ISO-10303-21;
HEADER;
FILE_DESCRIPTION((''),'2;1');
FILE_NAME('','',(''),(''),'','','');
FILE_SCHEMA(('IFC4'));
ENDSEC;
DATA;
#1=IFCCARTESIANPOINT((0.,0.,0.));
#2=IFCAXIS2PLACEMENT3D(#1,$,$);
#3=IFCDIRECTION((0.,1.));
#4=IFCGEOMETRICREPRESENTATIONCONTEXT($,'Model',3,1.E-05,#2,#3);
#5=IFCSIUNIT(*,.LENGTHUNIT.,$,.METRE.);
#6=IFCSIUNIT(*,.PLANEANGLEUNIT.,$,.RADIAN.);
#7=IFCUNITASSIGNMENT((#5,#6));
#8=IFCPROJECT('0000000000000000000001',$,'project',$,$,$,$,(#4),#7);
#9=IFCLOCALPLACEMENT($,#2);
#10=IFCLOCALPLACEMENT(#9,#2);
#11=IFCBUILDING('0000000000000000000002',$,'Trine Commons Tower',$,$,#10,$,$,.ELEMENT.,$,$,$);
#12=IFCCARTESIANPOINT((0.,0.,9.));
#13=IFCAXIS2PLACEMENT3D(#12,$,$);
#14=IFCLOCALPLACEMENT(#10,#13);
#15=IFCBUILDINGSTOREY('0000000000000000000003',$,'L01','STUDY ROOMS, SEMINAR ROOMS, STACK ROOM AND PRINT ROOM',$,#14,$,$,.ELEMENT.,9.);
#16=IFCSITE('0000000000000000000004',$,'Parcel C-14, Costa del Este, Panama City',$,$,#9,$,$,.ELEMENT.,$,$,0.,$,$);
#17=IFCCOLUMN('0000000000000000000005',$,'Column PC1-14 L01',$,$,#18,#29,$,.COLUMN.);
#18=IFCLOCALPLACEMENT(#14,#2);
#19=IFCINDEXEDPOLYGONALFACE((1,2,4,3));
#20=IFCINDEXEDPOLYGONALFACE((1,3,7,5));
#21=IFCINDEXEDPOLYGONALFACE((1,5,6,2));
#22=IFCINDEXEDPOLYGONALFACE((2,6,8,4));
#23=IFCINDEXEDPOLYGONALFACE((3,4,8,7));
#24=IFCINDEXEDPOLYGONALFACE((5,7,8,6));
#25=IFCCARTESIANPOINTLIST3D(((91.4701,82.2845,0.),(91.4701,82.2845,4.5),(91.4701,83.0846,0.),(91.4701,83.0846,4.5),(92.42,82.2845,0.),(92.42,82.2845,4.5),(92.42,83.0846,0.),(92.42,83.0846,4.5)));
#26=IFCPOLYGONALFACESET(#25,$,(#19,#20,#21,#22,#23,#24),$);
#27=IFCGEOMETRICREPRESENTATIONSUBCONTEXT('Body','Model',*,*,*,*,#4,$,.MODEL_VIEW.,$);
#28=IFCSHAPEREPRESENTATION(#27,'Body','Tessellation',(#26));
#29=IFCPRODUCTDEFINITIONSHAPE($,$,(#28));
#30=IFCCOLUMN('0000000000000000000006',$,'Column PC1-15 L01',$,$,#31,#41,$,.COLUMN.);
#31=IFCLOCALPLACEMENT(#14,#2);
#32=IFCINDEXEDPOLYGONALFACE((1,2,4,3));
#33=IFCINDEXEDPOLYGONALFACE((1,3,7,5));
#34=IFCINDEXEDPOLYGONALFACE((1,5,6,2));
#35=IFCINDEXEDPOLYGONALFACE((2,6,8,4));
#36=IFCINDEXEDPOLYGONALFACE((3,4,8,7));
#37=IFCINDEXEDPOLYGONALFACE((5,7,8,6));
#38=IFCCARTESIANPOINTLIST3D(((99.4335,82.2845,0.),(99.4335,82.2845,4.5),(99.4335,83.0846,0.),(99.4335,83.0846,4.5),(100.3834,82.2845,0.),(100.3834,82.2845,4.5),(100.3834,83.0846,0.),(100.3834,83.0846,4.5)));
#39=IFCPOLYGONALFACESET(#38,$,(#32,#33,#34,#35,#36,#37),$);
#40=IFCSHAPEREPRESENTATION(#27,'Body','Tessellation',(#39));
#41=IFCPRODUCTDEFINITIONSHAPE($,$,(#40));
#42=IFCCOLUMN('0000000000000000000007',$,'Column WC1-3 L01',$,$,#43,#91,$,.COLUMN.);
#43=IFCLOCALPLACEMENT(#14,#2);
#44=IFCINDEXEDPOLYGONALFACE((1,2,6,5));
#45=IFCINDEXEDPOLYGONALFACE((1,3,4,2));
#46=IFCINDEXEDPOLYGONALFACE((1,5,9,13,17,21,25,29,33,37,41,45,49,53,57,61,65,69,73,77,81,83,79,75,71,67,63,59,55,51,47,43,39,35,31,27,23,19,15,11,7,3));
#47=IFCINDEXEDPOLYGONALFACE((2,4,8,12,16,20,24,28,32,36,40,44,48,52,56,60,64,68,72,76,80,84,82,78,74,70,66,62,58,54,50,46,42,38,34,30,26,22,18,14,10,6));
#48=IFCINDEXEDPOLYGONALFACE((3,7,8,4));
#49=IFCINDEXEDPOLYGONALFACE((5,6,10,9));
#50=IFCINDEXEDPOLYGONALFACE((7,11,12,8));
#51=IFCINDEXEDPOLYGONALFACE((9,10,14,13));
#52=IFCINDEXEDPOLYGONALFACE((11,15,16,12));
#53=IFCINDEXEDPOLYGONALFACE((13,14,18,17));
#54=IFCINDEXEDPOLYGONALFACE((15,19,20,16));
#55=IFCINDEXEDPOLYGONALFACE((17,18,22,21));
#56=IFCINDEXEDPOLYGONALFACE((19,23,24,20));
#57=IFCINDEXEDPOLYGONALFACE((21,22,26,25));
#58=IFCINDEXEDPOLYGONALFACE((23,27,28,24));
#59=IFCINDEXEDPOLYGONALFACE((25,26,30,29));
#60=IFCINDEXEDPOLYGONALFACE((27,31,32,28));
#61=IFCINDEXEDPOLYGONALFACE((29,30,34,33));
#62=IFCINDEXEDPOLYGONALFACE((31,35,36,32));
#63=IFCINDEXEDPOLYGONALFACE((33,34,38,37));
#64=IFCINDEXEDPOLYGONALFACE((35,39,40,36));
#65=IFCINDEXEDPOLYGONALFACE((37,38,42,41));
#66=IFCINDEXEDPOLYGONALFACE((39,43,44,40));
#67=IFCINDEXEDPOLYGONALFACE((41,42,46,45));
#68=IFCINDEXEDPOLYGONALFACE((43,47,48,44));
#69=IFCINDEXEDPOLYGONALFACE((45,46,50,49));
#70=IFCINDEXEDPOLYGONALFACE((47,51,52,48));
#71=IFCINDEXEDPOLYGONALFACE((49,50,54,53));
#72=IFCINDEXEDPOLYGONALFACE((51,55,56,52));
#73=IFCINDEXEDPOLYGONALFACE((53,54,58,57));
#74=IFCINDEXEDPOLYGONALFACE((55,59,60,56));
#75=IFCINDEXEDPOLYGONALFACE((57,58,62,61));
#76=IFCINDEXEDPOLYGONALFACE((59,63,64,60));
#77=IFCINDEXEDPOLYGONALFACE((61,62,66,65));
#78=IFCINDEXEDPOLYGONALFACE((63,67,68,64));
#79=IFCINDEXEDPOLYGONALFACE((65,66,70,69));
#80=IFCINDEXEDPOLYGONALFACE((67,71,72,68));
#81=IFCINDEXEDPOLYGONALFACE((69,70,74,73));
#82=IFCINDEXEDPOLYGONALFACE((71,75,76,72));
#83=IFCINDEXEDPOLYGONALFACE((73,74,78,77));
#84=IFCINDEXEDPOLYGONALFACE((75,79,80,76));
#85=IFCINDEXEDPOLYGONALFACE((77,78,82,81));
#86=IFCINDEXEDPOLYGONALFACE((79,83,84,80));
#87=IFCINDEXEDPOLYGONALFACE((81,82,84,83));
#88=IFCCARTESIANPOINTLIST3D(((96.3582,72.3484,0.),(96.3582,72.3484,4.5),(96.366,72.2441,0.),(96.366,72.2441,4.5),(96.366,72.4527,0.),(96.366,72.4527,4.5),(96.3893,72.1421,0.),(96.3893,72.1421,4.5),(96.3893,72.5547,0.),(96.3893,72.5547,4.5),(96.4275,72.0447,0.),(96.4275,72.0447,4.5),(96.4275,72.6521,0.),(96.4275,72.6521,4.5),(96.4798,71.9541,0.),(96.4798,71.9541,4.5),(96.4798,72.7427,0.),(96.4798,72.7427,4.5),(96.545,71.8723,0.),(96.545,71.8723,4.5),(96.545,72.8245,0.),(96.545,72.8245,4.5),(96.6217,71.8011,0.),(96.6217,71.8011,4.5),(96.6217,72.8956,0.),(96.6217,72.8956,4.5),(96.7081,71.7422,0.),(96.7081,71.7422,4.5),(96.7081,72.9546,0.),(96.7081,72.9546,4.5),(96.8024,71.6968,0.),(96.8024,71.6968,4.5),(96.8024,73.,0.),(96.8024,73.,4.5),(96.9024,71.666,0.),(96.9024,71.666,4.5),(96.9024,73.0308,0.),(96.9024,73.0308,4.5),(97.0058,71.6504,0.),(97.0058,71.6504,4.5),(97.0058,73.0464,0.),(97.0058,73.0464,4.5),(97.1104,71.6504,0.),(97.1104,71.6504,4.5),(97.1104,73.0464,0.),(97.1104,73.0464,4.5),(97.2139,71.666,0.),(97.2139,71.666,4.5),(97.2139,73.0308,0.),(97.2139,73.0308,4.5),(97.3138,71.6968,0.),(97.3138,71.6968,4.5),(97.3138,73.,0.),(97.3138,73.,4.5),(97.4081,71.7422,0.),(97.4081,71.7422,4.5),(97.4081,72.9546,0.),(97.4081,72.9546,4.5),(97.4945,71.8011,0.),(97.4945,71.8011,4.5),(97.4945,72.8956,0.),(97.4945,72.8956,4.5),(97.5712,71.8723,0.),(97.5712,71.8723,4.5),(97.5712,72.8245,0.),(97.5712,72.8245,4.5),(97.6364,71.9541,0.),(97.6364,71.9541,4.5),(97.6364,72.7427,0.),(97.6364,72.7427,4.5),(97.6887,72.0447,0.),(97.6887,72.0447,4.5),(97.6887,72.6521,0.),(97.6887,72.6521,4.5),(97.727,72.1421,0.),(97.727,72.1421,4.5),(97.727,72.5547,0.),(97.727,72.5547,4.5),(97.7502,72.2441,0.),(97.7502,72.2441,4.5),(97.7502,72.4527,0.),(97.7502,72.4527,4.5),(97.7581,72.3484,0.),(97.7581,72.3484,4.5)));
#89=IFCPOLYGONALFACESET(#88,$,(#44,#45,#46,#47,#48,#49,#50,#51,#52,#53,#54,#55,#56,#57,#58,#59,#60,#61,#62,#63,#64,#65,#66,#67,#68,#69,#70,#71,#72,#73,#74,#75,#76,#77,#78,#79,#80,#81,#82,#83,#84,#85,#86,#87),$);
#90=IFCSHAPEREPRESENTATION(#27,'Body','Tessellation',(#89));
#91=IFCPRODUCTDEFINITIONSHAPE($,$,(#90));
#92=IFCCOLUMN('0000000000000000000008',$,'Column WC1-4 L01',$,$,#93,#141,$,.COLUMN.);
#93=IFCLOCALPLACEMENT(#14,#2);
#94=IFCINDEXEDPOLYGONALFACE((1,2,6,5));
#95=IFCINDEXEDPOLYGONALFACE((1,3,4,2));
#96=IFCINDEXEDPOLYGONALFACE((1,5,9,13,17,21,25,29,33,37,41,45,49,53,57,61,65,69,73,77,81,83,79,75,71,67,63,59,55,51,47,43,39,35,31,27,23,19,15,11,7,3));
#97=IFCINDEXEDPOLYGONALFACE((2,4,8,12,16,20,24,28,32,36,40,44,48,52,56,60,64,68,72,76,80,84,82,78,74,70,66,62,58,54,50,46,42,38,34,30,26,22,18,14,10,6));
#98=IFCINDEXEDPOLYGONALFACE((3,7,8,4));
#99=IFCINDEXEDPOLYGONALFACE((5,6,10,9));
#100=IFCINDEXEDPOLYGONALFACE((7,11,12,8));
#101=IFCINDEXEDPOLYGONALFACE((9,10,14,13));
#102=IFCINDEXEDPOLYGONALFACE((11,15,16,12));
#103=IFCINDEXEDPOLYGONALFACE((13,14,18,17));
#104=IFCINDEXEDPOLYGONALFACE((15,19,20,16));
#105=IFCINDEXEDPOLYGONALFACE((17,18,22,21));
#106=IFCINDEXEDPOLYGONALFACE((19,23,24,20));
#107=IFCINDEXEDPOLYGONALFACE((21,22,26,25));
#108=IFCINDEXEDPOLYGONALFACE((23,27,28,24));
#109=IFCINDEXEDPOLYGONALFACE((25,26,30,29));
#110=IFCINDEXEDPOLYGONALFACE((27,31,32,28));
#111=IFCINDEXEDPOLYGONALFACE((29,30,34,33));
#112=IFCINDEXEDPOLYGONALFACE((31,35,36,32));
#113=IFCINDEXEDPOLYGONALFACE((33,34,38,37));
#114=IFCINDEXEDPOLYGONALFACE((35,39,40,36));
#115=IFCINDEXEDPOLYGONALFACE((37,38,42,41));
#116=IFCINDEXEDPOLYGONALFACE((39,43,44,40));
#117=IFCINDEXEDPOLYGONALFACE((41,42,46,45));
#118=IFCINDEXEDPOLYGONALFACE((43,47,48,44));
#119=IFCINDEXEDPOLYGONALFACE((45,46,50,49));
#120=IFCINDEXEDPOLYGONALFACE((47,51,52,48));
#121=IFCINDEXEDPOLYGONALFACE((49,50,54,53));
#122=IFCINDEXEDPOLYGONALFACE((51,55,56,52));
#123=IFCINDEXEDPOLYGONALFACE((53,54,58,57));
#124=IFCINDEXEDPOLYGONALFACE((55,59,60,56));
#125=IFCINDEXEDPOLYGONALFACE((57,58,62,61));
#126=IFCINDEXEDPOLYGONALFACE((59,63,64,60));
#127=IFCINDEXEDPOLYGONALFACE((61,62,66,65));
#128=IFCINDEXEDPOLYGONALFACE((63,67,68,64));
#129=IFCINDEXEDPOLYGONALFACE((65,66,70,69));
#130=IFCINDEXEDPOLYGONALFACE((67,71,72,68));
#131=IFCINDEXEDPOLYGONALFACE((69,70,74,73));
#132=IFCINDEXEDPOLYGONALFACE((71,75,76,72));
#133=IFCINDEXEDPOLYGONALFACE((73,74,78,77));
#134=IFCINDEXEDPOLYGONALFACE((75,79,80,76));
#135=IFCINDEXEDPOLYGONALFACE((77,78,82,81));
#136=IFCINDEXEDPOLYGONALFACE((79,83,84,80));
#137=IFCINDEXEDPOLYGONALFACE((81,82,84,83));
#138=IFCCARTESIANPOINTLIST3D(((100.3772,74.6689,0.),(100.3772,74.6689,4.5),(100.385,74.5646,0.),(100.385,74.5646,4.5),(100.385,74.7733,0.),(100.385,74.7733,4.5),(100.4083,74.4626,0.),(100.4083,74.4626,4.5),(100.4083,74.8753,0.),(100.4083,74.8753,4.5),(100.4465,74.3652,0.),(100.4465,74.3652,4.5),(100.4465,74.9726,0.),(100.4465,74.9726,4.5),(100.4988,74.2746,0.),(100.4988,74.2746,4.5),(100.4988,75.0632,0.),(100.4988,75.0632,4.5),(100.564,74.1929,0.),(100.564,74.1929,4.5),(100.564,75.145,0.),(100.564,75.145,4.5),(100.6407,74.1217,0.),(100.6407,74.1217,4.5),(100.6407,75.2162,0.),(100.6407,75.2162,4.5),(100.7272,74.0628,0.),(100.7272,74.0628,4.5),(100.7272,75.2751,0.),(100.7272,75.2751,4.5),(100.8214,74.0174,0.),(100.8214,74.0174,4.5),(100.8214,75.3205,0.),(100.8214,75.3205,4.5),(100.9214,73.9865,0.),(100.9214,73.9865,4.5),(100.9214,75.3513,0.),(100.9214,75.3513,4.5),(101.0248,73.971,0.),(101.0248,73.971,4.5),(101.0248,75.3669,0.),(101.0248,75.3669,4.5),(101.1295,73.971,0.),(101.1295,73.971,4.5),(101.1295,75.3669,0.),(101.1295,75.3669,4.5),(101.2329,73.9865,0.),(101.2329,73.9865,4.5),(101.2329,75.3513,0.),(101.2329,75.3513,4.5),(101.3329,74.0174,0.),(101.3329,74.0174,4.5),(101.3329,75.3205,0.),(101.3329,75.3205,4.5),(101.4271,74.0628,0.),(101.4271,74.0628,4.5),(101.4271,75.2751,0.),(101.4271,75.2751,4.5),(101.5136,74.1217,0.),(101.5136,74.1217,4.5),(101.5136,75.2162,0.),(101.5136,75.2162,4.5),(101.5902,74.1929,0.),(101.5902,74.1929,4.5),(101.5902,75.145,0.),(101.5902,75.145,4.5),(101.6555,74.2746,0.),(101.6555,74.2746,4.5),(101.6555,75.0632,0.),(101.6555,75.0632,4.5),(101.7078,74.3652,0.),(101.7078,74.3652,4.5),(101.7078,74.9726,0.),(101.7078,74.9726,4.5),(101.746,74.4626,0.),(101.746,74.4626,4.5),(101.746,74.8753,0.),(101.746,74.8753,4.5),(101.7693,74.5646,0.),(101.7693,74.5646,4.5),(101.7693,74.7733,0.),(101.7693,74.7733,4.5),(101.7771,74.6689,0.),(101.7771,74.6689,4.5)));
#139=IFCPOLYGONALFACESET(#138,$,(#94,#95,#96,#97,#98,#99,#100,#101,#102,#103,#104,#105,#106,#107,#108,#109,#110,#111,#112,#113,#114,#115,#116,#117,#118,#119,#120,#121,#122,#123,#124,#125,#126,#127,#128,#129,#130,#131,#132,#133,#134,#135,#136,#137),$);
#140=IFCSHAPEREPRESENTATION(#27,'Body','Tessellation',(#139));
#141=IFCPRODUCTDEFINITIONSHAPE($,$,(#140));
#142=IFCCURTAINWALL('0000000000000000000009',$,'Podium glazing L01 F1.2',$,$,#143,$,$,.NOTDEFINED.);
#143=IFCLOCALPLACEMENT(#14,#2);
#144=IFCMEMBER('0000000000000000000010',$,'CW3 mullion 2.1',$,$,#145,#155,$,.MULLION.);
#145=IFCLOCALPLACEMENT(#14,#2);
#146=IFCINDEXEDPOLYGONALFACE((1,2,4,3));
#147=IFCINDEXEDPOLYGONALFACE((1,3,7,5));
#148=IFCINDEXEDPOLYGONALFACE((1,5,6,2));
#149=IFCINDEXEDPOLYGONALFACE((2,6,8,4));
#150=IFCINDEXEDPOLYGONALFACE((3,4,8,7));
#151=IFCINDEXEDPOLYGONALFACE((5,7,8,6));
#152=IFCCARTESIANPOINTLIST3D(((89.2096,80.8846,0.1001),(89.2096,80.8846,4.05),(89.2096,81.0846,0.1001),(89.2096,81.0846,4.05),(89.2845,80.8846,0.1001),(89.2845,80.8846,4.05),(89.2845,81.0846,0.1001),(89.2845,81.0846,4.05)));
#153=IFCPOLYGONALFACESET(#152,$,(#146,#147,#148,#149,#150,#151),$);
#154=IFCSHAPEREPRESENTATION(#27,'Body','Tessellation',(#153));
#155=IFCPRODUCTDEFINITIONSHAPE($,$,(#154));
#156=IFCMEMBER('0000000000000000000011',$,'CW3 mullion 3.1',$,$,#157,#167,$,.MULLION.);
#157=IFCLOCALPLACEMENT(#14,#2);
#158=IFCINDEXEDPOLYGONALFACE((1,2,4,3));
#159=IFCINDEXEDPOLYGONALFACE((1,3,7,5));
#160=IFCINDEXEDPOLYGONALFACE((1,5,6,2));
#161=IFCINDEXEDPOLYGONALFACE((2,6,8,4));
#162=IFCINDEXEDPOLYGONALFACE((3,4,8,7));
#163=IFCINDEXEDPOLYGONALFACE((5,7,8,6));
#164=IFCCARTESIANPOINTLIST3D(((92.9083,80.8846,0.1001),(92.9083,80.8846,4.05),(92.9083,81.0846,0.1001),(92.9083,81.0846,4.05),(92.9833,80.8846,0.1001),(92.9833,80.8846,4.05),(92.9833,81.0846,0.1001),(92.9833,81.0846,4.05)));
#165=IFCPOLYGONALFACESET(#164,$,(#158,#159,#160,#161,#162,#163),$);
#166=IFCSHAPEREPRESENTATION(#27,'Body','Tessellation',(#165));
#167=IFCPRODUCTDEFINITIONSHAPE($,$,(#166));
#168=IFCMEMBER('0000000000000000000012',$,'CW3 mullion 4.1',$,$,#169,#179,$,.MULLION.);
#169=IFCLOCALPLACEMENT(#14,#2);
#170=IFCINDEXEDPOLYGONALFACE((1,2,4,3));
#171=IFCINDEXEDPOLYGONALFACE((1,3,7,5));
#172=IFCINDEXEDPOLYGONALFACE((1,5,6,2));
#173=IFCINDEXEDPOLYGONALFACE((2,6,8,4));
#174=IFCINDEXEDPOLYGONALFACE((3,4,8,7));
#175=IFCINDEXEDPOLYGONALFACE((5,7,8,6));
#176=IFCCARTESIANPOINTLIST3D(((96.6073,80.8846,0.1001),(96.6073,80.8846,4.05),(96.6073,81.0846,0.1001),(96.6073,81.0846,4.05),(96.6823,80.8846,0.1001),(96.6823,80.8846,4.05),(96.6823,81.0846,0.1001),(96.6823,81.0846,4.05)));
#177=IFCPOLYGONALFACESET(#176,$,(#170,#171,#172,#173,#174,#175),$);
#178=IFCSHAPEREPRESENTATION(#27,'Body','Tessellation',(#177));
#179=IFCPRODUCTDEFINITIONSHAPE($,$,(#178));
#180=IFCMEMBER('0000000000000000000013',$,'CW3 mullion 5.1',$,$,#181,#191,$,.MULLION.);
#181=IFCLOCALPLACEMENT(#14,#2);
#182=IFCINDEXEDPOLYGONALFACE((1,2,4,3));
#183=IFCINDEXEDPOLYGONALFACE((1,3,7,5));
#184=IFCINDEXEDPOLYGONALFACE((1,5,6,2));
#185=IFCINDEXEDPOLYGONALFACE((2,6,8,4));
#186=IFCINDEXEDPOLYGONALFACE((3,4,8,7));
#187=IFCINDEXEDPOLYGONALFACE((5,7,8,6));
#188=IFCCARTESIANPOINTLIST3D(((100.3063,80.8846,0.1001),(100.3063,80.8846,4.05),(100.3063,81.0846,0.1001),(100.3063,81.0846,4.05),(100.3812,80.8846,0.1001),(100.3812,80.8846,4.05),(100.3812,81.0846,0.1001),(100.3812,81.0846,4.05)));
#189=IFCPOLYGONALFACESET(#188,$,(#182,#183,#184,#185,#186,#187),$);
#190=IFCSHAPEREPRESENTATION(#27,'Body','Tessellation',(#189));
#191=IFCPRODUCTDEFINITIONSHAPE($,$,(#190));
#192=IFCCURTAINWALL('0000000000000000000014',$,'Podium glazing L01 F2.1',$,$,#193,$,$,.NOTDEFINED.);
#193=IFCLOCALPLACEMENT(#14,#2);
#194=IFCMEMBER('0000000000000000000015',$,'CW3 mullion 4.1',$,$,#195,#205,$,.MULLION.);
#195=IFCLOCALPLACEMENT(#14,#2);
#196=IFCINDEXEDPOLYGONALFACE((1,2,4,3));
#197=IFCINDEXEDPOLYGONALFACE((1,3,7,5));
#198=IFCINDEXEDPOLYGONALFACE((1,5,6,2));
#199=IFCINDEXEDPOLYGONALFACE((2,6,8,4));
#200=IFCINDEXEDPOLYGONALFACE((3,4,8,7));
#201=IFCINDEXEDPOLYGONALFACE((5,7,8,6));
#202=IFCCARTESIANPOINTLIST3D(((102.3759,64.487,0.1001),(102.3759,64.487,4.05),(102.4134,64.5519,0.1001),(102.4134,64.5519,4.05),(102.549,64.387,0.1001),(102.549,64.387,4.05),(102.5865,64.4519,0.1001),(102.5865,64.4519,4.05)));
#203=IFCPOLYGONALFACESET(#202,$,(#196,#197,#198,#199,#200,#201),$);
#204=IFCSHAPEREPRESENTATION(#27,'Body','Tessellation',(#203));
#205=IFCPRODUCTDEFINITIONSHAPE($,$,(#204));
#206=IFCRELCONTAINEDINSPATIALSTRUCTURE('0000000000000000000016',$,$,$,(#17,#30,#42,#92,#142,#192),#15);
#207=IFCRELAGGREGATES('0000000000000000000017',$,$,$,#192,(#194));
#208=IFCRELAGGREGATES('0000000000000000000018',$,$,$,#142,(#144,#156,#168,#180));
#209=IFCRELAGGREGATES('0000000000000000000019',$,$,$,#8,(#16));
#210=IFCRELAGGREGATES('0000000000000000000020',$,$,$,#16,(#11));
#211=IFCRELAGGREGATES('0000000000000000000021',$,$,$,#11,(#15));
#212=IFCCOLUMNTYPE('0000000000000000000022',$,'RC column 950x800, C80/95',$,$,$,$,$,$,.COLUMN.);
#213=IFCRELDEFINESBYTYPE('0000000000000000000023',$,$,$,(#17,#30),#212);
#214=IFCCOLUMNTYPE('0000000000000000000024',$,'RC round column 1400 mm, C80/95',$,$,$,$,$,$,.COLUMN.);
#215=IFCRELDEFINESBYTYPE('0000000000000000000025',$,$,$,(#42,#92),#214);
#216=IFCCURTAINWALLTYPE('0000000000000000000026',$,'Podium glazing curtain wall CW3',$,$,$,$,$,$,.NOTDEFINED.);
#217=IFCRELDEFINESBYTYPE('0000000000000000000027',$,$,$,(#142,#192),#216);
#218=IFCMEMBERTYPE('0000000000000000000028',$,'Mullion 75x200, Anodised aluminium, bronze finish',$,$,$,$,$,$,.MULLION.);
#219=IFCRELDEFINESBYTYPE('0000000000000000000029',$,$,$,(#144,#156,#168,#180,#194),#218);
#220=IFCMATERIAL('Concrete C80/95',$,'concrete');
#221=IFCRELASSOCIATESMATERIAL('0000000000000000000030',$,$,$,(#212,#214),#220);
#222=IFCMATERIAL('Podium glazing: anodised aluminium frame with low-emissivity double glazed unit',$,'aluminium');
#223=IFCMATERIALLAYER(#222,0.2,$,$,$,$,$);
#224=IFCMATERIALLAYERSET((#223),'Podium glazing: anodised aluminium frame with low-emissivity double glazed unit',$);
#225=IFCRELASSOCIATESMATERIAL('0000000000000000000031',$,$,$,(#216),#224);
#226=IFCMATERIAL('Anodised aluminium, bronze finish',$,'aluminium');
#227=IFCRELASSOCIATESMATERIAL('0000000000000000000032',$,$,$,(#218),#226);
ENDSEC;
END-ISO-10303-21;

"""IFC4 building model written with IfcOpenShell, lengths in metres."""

from ifc_helpers import new_model, si_unit, direction, frame, origin, origin_2d, place, context, subcontext, project, spatial, rectangle, circle, extrude, material, layer, layer_set, material_profile, profile_set, type_object, element, aggregate, save


model = new_model("IFC4")

# Units and contexts
model_context = context("Model", 3, precision=1e-05, world=origin(), true_north=direction((0.0, 1.0)))
body_context = subcontext(model_context, "Body", "Model", "MODEL_VIEW")
ifc_project = project(units=[si_unit("LENGTHUNIT", "METRE"), si_unit("PLANEANGLEUNIT", "RADIAN")], contexts=[model_context])

# Site, building, storey
site_placement = place(None, origin())
site = spatial("IfcSite", under=ifc_project, at=site_placement, Name="Parcel C-14, Costa del Este, Panama City", CompositionType="ELEMENT", RefElevation=0.0)
building_placement = place(site_placement, origin())
building = spatial("IfcBuilding", under=site, at=building_placement, Name="Trine Commons Tower", CompositionType="ELEMENT")
storey_placement = place(building_placement, frame((0.0, 0.0, 9.0)))
storey = spatial("IfcBuildingStorey", under=building, at=storey_placement, Name="L01", Description="STUDY ROOMS, SEMINAR ROOMS, STACK ROOM AND PRINT ROOM", CompositionType="ELEMENT", Elevation=9.0)

# Columns
ifc_material_1 = material(Name="Concrete C80/95", Category="concrete")
ifc_material_profile_1 = material_profile(ifc_material_1, rectangle(XDim=0.95, YDim=0.8, at=origin_2d()), Name="RC 950x800")
ifc_profile_set_1 = profile_set([ifc_material_profile_1], Name="Concrete C80/95")
column_type_1 = type_object("IfcColumnType", Name="RC column 950x800, C80/95", PredefinedType="COLUMN", material=ifc_profile_set_1)
for number, where, z_axis, x_axis, name in (
    (1, (91.9451, 82.6846, 0.0), (0.0, 0.0, 1.0), (1.0, 0.0, 0.0), "Column PC1-14 L01"),
    (2, (99.9084, 82.6846, 0.0), (0.0, 0.0, 1.0), (1.0, 0.0, 0.0), "Column PC1-15 L01"),
):
    element("IfcColumn", number, at=place(storey_placement, frame(where, z_axis=z_axis, x_axis=x_axis)), inside=storey, type_object=column_type_1, Name=name, PredefinedType="COLUMN", context=body_context, shape_type="SweptSolid", body=[
        extrude(rectangle(XDim=0.95, YDim=0.8, at=origin_2d()), origin(), (0.0, 0.0, 1.0), 4.5),
    ])
ifc_material_profile_2 = material_profile(ifc_material_1, circle(Radius=0.7, at=origin_2d()), Name="RC round 1400")
ifc_profile_set_2 = profile_set([ifc_material_profile_2], Name="Concrete C80/95")
column_type_2 = type_object("IfcColumnType", Name="RC round column 1400 mm, C80/95", PredefinedType="COLUMN", material=ifc_profile_set_2)
for number, where, z_axis, x_axis, name in (
    (3, (97.0581, 72.3484, 0.0), (0.0, 0.0, 1.0), (1.0, 0.0, 0.0), "Column WC1-3 L01"),
    (4, (101.0771, 74.6689, 0.0), (0.0, 0.0, 1.0), (1.0, 0.0, 0.0), "Column WC1-4 L01"),
):
    element("IfcColumn", number, at=place(storey_placement, frame(where, z_axis=z_axis, x_axis=x_axis)), inside=storey, type_object=column_type_2, Name=name, PredefinedType="COLUMN", context=body_context, shape_type="SweptSolid", body=[
        extrude(circle(Radius=0.7, at=origin_2d()), origin(), (0.0, 0.0, 1.0), 4.5),
    ])

# Curtain wall, members
ifc_material_2 = material(Name="Podium glazing: anodised aluminium frame with low-emissivity double glazed unit", Category="aluminium")
ifc_layer_1 = layer(ifc_material_2, 0.2)
ifc_layer_set_1 = layer_set([ifc_layer_1], Name="Podium glazing: anodised aluminium frame with low-emissivity double glazed unit")
curtain_wall_type_1 = type_object("IfcCurtainWallType", Name="Podium glazing curtain wall CW3", PredefinedType="NOTDEFINED", material=ifc_layer_set_1)
curtain_wall_1_placement = place(storey_placement, origin())
curtain_wall_1 = element("IfcCurtainWall", 5, at=curtain_wall_1_placement, inside=storey, type_object=curtain_wall_type_1, Name="Podium glazing L01 F1.2", PredefinedType="NOTDEFINED")
ifc_material_3 = material(Name="Anodised aluminium, bronze finish", Category="aluminium")
ifc_material_profile_3 = material_profile(ifc_material_3, rectangle(XDim=0.2, YDim=0.075, at=origin_2d()), Name="Mullion 75x200")
ifc_profile_set_3 = profile_set([ifc_material_profile_3], Name="Anodised aluminium, bronze finish")
member_type_1 = type_object("IfcMemberType", Name="Mullion 75x200, Anodised aluminium, bronze finish", PredefinedType="MULLION", material=ifc_profile_set_3)
member_1_placement = place(storey_placement, frame((89.2471, 80.9846, 0.1001), z_axis=(0.0, 0.0, 1.0), x_axis=(0.0, 1.0, 0.0)))
member_1 = element("IfcMember", 6, at=member_1_placement, type_object=member_type_1, Name="CW3 mullion 2.1", PredefinedType="MULLION", context=body_context, shape_type="SweptSolid", body=[
    extrude(rectangle(XDim=0.2, YDim=0.075, at=origin_2d()), origin(), (0.0, 0.0, 1.0), 3.95),
])
member_2_placement = place(storey_placement, frame((92.9458, 80.9846, 0.1001), z_axis=(0.0, 0.0, 1.0), x_axis=(0.0, 1.0, 0.0)))
member_2 = element("IfcMember", 7, at=member_2_placement, type_object=member_type_1, Name="CW3 mullion 3.1", PredefinedType="MULLION", context=body_context, shape_type="SweptSolid", body=[
    extrude(rectangle(XDim=0.2, YDim=0.075, at=origin_2d()), origin(), (0.0, 0.0, 1.0), 3.95),
])
member_3_placement = place(storey_placement, frame((96.6448, 80.9846, 0.1001), z_axis=(0.0, 0.0, 1.0), x_axis=(0.0, 1.0, 0.0)))
member_3 = element("IfcMember", 8, at=member_3_placement, type_object=member_type_1, Name="CW3 mullion 4.1", PredefinedType="MULLION", context=body_context, shape_type="SweptSolid", body=[
    extrude(rectangle(XDim=0.2, YDim=0.075, at=origin_2d()), origin(), (0.0, 0.0, 1.0), 3.95),
])
member_4_placement = place(storey_placement, frame((100.3438, 80.9846, 0.1001), z_axis=(0.0, 0.0, 1.0), x_axis=(0.0, 1.0, 0.0)))
member_4 = element("IfcMember", 9, at=member_4_placement, type_object=member_type_1, Name="CW3 mullion 5.1", PredefinedType="MULLION", context=body_context, shape_type="SweptSolid", body=[
    extrude(rectangle(XDim=0.2, YDim=0.075, at=origin_2d()), origin(), (0.0, 0.0, 1.0), 3.95),
])

# Curtain wall, member
curtain_wall_2_placement = place(storey_placement, origin())
curtain_wall_2 = element("IfcCurtainWall", 10, at=curtain_wall_2_placement, inside=storey, type_object=curtain_wall_type_1, Name="Podium glazing L01 F2.1", PredefinedType="NOTDEFINED")
member_5_placement = place(storey_placement, frame((102.4812, 64.4695, 0.1001), z_axis=(0.0, 0.0, 1.0), x_axis=(0.866025, -0.5, 0.0)))
member_5 = element("IfcMember", 11, at=member_5_placement, type_object=member_type_1, Name="CW3 mullion 4.1", PredefinedType="MULLION", context=body_context, shape_type="SweptSolid", body=[
    extrude(rectangle(XDim=0.2, YDim=0.075, at=origin_2d()), origin(), (0.0, 0.0, 1.0), 3.95),
])
aggregate(curtain_wall_2, [member_5])

aggregate(curtain_wall_1, [member_1, member_2, member_3, member_4])

save(model, "model.ifc")
